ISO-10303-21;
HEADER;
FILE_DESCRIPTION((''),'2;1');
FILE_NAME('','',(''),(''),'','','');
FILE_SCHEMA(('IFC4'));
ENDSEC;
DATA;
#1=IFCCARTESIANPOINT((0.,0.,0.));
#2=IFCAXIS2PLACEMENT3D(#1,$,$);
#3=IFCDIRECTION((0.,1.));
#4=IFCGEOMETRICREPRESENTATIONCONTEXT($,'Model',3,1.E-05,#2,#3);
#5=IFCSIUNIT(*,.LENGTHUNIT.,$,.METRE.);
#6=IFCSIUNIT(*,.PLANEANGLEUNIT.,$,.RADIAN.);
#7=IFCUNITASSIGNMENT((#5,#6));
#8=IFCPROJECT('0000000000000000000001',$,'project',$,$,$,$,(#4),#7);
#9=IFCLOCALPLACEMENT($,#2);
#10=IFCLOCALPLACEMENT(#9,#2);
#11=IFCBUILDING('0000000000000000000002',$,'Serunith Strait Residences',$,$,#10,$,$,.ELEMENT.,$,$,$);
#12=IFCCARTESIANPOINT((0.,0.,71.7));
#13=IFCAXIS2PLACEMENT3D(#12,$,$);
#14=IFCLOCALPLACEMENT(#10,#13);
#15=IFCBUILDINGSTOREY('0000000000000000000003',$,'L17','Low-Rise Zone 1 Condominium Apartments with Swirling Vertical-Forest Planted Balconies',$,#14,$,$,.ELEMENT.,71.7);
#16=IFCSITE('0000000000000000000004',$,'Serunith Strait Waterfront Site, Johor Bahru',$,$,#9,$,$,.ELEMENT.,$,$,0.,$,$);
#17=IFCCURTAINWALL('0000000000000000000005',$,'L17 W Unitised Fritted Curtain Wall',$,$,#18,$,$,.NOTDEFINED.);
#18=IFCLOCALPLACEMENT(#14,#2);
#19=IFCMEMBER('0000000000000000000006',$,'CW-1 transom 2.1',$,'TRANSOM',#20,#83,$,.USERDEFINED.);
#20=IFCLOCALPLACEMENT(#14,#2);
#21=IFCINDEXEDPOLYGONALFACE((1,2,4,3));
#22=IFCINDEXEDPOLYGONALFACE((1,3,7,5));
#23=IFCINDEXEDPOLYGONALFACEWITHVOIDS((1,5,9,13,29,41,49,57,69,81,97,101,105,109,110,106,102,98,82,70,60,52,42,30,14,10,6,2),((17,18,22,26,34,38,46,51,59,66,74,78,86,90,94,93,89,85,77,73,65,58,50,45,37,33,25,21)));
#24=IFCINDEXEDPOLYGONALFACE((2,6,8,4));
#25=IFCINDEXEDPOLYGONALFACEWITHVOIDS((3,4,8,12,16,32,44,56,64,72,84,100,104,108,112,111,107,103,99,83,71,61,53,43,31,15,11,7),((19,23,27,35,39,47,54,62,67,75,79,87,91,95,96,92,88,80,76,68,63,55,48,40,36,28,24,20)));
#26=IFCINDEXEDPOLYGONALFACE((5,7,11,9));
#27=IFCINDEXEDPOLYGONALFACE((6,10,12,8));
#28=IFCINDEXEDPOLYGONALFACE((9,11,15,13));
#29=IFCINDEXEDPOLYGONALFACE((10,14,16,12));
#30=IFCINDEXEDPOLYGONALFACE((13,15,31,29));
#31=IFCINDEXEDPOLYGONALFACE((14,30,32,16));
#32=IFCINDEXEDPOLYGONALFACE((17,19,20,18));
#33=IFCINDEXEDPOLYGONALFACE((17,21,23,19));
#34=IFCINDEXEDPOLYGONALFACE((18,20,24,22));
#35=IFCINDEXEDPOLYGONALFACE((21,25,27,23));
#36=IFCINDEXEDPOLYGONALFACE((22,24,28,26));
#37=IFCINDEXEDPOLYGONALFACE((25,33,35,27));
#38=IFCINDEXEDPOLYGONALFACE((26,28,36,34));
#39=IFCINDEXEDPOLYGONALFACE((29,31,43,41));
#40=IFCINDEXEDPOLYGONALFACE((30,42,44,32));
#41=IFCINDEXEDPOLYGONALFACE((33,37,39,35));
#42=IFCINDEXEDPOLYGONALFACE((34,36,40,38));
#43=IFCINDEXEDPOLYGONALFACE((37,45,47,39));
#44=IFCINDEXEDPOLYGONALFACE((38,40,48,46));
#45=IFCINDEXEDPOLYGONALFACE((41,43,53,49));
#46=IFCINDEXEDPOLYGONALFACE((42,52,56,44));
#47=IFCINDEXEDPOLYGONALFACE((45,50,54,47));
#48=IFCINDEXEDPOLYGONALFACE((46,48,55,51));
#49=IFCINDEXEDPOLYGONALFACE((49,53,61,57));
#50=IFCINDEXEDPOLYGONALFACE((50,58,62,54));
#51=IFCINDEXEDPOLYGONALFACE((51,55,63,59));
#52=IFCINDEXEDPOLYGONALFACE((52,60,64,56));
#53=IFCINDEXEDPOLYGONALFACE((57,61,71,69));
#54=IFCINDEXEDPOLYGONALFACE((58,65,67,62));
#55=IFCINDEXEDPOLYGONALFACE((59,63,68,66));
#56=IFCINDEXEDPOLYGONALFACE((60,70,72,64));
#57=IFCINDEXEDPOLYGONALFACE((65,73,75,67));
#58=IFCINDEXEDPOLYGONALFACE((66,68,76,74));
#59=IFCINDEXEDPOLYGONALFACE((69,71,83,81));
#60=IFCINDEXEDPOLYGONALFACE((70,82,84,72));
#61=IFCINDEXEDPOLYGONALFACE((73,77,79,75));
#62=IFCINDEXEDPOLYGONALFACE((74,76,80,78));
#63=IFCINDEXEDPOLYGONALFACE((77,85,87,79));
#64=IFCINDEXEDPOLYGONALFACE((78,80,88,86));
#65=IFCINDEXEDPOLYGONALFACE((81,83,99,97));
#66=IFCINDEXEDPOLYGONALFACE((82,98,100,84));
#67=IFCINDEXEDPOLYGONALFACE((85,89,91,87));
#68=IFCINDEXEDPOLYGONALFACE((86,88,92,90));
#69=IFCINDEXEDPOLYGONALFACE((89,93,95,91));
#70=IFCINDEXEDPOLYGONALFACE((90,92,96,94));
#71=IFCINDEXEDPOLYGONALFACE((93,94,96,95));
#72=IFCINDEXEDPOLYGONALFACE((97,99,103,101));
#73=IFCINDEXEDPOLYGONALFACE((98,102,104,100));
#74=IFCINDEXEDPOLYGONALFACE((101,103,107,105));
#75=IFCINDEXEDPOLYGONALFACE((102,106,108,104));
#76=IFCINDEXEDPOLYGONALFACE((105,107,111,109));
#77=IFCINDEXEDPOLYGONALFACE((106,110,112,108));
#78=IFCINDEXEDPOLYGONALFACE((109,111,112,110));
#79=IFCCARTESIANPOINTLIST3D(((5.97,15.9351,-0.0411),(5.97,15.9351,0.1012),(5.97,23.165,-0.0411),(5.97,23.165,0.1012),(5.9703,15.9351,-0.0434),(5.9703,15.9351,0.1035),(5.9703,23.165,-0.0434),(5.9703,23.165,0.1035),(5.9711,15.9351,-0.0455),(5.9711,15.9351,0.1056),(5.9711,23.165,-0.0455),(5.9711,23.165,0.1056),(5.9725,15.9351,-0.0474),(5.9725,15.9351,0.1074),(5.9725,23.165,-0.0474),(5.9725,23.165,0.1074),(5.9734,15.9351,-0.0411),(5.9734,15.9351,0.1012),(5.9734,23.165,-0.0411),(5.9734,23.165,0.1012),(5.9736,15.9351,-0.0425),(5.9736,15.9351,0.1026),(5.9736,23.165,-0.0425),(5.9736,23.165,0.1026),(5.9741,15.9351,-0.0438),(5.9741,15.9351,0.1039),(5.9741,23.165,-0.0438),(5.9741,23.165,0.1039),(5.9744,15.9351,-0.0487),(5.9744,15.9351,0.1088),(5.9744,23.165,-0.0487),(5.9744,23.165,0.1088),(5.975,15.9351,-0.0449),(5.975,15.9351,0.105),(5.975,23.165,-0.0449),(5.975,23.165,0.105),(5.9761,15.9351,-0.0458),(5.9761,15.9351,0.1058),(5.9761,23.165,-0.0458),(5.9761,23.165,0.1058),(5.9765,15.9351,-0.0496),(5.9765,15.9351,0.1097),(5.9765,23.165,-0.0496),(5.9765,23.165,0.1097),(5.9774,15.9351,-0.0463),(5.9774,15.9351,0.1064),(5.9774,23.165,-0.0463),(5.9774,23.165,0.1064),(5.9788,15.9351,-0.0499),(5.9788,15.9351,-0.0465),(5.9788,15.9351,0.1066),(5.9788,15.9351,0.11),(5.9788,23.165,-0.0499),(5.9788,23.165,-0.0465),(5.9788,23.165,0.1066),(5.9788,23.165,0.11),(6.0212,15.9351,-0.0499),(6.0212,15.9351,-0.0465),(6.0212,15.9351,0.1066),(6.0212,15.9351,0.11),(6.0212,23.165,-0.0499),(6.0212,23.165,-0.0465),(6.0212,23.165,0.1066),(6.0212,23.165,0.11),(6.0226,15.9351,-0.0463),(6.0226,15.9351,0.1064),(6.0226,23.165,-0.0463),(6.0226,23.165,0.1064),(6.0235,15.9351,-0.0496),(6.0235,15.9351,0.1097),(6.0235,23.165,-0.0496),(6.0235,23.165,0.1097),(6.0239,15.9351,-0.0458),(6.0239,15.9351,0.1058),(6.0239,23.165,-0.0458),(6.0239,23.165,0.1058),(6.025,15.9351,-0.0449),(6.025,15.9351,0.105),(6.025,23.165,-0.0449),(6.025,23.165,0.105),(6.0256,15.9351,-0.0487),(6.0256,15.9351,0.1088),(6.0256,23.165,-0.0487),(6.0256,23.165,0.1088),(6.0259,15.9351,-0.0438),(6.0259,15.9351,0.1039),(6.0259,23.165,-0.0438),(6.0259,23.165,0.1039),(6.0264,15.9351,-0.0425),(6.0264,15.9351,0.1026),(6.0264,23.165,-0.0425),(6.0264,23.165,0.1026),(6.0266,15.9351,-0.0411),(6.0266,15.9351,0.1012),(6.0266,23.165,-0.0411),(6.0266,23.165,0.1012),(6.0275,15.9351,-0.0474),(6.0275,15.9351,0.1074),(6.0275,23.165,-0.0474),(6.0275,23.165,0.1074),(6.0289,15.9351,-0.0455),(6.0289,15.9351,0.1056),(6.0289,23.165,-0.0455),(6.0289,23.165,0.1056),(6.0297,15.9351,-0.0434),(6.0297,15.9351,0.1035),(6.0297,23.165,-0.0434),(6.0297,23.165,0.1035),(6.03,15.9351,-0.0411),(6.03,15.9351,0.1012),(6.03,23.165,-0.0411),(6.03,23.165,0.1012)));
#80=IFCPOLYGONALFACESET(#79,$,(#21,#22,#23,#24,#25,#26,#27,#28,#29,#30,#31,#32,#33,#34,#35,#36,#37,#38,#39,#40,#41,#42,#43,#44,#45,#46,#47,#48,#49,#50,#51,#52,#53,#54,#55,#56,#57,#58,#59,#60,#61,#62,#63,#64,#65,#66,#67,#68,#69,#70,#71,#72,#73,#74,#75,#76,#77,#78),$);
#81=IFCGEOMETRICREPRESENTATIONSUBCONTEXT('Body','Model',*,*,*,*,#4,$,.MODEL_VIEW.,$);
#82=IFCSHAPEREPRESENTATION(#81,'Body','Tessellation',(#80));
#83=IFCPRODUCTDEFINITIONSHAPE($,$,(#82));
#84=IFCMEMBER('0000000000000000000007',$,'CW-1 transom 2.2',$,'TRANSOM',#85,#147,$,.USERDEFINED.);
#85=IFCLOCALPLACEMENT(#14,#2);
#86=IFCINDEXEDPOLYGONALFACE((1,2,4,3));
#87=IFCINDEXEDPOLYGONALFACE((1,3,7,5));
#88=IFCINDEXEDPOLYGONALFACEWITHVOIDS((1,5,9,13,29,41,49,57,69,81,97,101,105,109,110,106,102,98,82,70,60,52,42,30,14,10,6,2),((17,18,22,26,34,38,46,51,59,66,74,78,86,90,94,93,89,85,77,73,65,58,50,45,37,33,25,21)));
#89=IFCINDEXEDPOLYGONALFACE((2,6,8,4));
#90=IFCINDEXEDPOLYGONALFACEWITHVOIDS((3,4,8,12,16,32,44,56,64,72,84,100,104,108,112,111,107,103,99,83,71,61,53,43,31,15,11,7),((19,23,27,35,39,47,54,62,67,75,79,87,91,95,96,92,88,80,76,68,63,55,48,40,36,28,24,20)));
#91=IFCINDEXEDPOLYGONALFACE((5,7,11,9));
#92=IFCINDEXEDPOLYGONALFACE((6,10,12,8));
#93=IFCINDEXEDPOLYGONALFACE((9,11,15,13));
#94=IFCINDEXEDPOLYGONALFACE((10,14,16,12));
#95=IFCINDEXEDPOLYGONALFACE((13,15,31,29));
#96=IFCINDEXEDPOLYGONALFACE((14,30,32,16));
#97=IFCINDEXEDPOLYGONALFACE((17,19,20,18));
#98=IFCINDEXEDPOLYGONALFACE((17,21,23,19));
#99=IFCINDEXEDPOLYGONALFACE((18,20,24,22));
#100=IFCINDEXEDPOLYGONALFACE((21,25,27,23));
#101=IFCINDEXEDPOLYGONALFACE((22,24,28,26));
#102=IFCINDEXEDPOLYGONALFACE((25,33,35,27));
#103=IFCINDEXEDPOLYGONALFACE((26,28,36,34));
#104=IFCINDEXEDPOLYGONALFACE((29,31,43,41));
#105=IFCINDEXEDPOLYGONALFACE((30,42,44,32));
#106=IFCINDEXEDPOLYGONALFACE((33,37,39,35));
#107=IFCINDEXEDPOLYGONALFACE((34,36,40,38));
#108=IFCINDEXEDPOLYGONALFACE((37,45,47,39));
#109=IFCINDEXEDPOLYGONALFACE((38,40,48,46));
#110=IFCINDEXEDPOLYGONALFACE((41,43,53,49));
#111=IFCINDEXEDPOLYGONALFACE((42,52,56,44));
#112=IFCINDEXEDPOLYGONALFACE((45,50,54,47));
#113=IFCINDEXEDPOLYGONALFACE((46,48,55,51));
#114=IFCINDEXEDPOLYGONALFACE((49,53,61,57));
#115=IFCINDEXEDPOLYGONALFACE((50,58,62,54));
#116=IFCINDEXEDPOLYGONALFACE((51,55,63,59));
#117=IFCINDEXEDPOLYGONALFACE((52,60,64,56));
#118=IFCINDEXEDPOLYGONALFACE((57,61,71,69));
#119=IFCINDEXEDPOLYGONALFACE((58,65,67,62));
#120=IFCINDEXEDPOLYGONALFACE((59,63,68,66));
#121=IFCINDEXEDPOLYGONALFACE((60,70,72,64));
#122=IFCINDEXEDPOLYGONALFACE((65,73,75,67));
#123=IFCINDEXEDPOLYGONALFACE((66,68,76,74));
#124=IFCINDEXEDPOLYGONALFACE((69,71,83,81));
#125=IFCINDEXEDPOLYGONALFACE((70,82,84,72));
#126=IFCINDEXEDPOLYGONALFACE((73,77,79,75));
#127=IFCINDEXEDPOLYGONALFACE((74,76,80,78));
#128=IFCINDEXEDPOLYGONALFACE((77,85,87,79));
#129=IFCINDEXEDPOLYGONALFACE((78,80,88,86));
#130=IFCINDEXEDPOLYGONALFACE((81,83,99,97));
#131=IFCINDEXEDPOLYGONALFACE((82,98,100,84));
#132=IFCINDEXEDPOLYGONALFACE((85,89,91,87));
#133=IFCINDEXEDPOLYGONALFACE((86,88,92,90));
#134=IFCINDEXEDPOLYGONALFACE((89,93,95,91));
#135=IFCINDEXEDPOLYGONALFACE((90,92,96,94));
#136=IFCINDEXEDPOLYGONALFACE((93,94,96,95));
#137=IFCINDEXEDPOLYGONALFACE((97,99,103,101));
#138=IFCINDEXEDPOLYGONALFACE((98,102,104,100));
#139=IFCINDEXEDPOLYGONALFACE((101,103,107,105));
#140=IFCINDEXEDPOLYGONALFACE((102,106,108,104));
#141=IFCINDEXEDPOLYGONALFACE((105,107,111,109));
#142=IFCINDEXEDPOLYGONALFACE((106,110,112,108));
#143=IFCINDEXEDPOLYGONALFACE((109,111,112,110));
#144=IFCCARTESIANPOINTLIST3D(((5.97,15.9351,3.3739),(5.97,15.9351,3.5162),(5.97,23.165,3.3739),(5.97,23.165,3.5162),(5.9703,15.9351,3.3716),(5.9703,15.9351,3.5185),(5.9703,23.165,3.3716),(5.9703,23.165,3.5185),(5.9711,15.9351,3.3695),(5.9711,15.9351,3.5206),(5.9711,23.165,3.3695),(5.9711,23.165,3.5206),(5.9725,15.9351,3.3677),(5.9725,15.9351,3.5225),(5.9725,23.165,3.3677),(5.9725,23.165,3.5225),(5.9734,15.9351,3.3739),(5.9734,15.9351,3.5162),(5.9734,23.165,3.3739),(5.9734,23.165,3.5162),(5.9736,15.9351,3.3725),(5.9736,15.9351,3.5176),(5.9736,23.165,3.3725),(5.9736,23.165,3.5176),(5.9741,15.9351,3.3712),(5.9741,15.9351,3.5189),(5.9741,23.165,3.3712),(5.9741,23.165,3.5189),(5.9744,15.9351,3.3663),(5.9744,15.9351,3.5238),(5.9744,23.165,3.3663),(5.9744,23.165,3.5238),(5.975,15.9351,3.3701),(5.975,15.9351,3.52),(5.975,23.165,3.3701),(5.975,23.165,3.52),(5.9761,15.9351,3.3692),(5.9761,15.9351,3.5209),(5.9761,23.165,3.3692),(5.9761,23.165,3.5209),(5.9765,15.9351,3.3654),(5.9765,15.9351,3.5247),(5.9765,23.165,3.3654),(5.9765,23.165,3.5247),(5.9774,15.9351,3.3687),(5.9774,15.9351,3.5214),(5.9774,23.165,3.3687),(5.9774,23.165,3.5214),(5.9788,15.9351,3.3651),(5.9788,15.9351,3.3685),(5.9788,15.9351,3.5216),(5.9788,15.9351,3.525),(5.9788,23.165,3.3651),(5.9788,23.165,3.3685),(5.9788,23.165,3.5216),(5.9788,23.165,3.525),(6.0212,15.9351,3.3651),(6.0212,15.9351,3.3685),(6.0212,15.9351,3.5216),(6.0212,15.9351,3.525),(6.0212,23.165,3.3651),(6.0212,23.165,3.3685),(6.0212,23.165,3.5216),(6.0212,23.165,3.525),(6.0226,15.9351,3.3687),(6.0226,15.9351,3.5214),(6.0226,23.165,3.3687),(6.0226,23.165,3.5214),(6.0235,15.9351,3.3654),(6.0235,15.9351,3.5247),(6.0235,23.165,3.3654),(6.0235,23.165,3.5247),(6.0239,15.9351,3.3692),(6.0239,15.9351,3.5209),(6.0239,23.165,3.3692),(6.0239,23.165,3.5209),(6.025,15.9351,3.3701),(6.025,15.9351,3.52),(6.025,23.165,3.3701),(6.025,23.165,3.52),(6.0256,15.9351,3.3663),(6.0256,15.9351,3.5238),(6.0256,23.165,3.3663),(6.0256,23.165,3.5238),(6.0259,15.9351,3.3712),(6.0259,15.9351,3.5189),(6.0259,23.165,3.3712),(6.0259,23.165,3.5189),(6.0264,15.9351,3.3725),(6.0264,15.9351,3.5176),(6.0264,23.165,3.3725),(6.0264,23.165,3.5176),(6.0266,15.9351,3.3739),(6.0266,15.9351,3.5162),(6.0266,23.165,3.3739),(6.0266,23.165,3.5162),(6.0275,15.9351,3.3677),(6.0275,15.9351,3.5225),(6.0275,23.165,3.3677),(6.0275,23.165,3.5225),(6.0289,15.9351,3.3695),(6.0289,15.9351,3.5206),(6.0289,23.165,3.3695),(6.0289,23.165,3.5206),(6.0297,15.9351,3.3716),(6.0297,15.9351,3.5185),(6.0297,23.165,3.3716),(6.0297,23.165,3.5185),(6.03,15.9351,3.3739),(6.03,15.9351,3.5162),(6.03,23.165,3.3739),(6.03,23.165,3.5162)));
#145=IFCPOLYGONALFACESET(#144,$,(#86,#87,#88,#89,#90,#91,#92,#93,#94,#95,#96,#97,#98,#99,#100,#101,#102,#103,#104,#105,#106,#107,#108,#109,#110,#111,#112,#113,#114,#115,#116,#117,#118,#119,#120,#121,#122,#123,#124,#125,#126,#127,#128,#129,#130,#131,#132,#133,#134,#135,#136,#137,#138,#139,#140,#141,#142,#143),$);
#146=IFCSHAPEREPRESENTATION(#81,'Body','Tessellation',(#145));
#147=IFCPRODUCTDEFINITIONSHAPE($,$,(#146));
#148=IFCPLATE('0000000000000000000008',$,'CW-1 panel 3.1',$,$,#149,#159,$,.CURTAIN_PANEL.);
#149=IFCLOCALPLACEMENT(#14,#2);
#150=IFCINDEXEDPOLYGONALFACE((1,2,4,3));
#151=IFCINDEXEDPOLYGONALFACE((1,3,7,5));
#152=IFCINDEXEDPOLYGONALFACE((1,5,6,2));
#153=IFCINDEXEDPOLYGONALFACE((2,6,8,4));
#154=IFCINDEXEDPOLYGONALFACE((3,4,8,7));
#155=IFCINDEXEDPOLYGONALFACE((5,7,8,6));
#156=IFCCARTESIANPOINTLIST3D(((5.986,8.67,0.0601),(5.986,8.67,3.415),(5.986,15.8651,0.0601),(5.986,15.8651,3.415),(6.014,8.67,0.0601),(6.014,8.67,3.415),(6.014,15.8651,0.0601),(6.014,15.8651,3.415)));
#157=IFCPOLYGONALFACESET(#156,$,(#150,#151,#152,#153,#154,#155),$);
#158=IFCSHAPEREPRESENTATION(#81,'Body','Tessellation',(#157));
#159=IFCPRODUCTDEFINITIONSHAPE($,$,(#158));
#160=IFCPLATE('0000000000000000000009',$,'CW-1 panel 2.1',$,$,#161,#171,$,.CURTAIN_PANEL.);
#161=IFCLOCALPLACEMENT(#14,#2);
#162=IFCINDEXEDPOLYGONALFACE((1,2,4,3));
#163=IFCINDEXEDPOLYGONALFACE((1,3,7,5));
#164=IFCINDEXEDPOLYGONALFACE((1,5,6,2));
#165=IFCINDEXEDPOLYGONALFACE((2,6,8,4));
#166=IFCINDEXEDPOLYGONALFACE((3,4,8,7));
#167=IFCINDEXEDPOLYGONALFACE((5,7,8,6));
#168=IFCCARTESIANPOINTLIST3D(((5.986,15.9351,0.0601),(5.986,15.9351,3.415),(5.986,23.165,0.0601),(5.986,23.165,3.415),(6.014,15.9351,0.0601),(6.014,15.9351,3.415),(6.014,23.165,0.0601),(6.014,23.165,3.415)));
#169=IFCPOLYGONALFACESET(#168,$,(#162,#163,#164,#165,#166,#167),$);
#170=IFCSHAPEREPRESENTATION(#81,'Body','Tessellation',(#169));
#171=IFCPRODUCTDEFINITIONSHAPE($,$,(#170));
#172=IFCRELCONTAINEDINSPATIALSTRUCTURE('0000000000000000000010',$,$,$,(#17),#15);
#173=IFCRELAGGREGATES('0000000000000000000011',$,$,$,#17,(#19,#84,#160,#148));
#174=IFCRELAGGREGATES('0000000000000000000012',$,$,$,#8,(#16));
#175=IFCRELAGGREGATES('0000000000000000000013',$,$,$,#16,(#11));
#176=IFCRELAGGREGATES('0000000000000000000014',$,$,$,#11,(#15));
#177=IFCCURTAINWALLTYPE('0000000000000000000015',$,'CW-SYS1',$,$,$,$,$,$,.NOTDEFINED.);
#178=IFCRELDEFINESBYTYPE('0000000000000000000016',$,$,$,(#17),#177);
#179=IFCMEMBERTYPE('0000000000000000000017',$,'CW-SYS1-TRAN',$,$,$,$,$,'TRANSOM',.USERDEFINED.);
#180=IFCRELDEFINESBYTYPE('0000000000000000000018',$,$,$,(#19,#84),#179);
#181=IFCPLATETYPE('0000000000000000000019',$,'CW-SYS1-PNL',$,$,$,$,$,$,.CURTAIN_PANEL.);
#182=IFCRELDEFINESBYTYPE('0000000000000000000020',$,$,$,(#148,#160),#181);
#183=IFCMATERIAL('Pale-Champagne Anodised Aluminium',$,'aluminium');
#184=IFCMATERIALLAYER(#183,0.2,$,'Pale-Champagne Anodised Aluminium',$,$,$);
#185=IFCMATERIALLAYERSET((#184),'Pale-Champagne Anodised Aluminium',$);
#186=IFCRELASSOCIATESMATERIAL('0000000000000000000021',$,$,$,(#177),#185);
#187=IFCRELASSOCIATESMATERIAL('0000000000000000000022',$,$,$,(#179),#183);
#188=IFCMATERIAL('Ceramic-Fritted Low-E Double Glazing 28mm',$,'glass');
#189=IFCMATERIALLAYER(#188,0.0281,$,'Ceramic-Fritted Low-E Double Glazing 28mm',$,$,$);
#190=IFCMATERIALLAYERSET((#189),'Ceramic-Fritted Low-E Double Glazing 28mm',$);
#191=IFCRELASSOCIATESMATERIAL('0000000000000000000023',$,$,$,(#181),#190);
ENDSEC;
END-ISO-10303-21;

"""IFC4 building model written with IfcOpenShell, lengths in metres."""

from ifc_helpers import new_model, si_unit, direction, frame, origin, origin_2d, place, context, subcontext, project, spatial, rectangle, hollow_rectangle, extrude, source, transform, mapped, material, layer, layer_set, material_profile, profile_set, type_object, element, aggregate, save


model = new_model("IFC4")

# Units and contexts
model_context = context("Model", 3, precision=1e-05, world=origin(), true_north=direction((0.0, 1.0)))
body_context = subcontext(model_context, "Body", "Model", "MODEL_VIEW")
ifc_project = project(units=[si_unit("LENGTHUNIT", "METRE"), si_unit("PLANEANGLEUNIT", "RADIAN")], contexts=[model_context])

# Site, building, storey
site_placement = place(None, origin())
site = spatial("IfcSite", under=ifc_project, at=site_placement, Name="Serunith Strait Waterfront Site, Johor Bahru", CompositionType="ELEMENT", RefElevation=0.0)
building_placement = place(site_placement, origin())
building = spatial("IfcBuilding", under=site, at=building_placement, Name="Serunith Strait Residences", CompositionType="ELEMENT")
storey_placement = place(building_placement, frame((0.0, 0.0, 71.7)))
storey = spatial("IfcBuildingStorey", under=building, at=storey_placement, Name="L17", Description="Low-Rise Zone 1 Condominium Apartments with Swirling Vertical-Forest Planted Balconies", CompositionType="ELEMENT", Elevation=71.7)

# Curtain wall, members, plates
ifc_material_1 = material(Name="Pale-Champagne Anodised Aluminium", Category="aluminium")
ifc_layer_1 = layer(ifc_material_1, 0.2, Name="Pale-Champagne Anodised Aluminium")
ifc_layer_set_1 = layer_set([ifc_layer_1], Name="Pale-Champagne Anodised Aluminium")
curtain_wall_type = type_object("IfcCurtainWallType", Name="CW-SYS1", PredefinedType="NOTDEFINED", material=ifc_layer_set_1)
curtain_wall_placement = place(storey_placement, origin())
curtain_wall = element("IfcCurtainWall", 1, at=curtain_wall_placement, inside=storey, type_object=curtain_wall_type, Name="L17 W Unitised Fritted Curtain Wall", PredefinedType="NOTDEFINED")
ifc_material_profile_1 = material_profile(ifc_material_1, hollow_rectangle(XDim=0.0601, YDim=0.1599, WallThickness=0.0034, InnerFilletRadius=0.0054, OuterFilletRadius=0.0088, at=origin_2d()), Name="ALU 160x60x3.5")
ifc_profile_set_1 = profile_set([ifc_material_profile_1], Name="Pale-Champagne Anodised Aluminium")
member_type_1 = type_object("IfcMemberType", Name="CW-SYS1-TRAN", ElementType="TRANSOM", PredefinedType="USERDEFINED", material=ifc_profile_set_1)
shared_shape_1 = source(origin(), body_context, "Body", "SweptSolid", [
    extrude(hollow_rectangle(XDim=0.0601, YDim=0.1599, WallThickness=0.0034, InnerFilletRadius=0.0054, OuterFilletRadius=0.0088, at=origin_2d()), origin(), (0.0, 0.0, 1.0), 7.23),
])
member_1_placement = place(storey_placement, frame((6.0, 23.165, 0.03), z_axis=(0.0, -1.0, 0.0), x_axis=(1.0, 0.0, 0.0)))
member_1 = element("IfcMember", 2, at=member_1_placement, type_object=member_type_1, Name="CW-1 transom 2.1", ObjectType="TRANSOM", PredefinedType="USERDEFINED", context=body_context, shape_type="MappedRepresentation", body=[
    mapped(shared_shape_1, transform((0.0, 0.0, 0.0), scale=1.0)),
])
member_2_placement = place(storey_placement, frame((6.0, 23.165, 3.4451), z_axis=(0.0, -1.0, 0.0), x_axis=(1.0, 0.0, 0.0)))
member_2 = element("IfcMember", 3, at=member_2_placement, type_object=member_type_1, Name="CW-1 transom 2.2", ObjectType="TRANSOM", PredefinedType="USERDEFINED", context=body_context, shape_type="MappedRepresentation", body=[
    mapped(shared_shape_1, transform((0.0, 0.0, 0.0), scale=1.0)),
])
ifc_material_2 = material(Name="Ceramic-Fritted Low-E Double Glazing 28mm", Category="glass")
ifc_layer_2 = layer(ifc_material_2, 0.0281, Name="Ceramic-Fritted Low-E Double Glazing 28mm")
ifc_layer_set_2 = layer_set([ifc_layer_2], Name="Ceramic-Fritted Low-E Double Glazing 28mm")
plate_type = type_object("IfcPlateType", Name="CW-SYS1-PNL", PredefinedType="CURTAIN_PANEL", material=ifc_layer_set_2)
shared_shape_2 = source(origin(), body_context, "Body", "SweptSolid", [
    extrude(rectangle(XDim=7.1951, YDim=0.0281, at=origin_2d()), origin(), (0.0, 0.0, 1.0), 3.355),
])
plate_1_placement = place(storey_placement, frame((6.0, 12.2676, 0.0601), z_axis=(0.0, 0.0, 1.0), x_axis=(0.0, -1.0, 0.0)))
plate_1 = element("IfcPlate", 4, at=plate_1_placement, type_object=plate_type, Name="CW-1 panel 3.1", PredefinedType="CURTAIN_PANEL", context=body_context, shape_type="MappedRepresentation", body=[
    mapped(shared_shape_2, transform((0.0, 0.0, 0.0), scale=1.0)),
])
shared_shape_3 = source(origin(), body_context, "Body", "SweptSolid", [
    extrude(rectangle(XDim=7.23, YDim=0.0281, at=origin_2d()), origin(), (0.0, 0.0, 1.0), 3.355),
])
plate_2_placement = place(storey_placement, frame((6.0, 19.55, 0.0601), z_axis=(0.0, 0.0, 1.0), x_axis=(0.0, -1.0, 0.0)))
plate_2 = element("IfcPlate", 5, at=plate_2_placement, type_object=plate_type, Name="CW-1 panel 2.1", PredefinedType="CURTAIN_PANEL", context=body_context, shape_type="MappedRepresentation", body=[
    mapped(shared_shape_3, transform((0.0, 0.0, 0.0), scale=1.0)),
])
aggregate(curtain_wall, [member_1, member_2, plate_2, plate_1])

save(model, "model.ifc")
